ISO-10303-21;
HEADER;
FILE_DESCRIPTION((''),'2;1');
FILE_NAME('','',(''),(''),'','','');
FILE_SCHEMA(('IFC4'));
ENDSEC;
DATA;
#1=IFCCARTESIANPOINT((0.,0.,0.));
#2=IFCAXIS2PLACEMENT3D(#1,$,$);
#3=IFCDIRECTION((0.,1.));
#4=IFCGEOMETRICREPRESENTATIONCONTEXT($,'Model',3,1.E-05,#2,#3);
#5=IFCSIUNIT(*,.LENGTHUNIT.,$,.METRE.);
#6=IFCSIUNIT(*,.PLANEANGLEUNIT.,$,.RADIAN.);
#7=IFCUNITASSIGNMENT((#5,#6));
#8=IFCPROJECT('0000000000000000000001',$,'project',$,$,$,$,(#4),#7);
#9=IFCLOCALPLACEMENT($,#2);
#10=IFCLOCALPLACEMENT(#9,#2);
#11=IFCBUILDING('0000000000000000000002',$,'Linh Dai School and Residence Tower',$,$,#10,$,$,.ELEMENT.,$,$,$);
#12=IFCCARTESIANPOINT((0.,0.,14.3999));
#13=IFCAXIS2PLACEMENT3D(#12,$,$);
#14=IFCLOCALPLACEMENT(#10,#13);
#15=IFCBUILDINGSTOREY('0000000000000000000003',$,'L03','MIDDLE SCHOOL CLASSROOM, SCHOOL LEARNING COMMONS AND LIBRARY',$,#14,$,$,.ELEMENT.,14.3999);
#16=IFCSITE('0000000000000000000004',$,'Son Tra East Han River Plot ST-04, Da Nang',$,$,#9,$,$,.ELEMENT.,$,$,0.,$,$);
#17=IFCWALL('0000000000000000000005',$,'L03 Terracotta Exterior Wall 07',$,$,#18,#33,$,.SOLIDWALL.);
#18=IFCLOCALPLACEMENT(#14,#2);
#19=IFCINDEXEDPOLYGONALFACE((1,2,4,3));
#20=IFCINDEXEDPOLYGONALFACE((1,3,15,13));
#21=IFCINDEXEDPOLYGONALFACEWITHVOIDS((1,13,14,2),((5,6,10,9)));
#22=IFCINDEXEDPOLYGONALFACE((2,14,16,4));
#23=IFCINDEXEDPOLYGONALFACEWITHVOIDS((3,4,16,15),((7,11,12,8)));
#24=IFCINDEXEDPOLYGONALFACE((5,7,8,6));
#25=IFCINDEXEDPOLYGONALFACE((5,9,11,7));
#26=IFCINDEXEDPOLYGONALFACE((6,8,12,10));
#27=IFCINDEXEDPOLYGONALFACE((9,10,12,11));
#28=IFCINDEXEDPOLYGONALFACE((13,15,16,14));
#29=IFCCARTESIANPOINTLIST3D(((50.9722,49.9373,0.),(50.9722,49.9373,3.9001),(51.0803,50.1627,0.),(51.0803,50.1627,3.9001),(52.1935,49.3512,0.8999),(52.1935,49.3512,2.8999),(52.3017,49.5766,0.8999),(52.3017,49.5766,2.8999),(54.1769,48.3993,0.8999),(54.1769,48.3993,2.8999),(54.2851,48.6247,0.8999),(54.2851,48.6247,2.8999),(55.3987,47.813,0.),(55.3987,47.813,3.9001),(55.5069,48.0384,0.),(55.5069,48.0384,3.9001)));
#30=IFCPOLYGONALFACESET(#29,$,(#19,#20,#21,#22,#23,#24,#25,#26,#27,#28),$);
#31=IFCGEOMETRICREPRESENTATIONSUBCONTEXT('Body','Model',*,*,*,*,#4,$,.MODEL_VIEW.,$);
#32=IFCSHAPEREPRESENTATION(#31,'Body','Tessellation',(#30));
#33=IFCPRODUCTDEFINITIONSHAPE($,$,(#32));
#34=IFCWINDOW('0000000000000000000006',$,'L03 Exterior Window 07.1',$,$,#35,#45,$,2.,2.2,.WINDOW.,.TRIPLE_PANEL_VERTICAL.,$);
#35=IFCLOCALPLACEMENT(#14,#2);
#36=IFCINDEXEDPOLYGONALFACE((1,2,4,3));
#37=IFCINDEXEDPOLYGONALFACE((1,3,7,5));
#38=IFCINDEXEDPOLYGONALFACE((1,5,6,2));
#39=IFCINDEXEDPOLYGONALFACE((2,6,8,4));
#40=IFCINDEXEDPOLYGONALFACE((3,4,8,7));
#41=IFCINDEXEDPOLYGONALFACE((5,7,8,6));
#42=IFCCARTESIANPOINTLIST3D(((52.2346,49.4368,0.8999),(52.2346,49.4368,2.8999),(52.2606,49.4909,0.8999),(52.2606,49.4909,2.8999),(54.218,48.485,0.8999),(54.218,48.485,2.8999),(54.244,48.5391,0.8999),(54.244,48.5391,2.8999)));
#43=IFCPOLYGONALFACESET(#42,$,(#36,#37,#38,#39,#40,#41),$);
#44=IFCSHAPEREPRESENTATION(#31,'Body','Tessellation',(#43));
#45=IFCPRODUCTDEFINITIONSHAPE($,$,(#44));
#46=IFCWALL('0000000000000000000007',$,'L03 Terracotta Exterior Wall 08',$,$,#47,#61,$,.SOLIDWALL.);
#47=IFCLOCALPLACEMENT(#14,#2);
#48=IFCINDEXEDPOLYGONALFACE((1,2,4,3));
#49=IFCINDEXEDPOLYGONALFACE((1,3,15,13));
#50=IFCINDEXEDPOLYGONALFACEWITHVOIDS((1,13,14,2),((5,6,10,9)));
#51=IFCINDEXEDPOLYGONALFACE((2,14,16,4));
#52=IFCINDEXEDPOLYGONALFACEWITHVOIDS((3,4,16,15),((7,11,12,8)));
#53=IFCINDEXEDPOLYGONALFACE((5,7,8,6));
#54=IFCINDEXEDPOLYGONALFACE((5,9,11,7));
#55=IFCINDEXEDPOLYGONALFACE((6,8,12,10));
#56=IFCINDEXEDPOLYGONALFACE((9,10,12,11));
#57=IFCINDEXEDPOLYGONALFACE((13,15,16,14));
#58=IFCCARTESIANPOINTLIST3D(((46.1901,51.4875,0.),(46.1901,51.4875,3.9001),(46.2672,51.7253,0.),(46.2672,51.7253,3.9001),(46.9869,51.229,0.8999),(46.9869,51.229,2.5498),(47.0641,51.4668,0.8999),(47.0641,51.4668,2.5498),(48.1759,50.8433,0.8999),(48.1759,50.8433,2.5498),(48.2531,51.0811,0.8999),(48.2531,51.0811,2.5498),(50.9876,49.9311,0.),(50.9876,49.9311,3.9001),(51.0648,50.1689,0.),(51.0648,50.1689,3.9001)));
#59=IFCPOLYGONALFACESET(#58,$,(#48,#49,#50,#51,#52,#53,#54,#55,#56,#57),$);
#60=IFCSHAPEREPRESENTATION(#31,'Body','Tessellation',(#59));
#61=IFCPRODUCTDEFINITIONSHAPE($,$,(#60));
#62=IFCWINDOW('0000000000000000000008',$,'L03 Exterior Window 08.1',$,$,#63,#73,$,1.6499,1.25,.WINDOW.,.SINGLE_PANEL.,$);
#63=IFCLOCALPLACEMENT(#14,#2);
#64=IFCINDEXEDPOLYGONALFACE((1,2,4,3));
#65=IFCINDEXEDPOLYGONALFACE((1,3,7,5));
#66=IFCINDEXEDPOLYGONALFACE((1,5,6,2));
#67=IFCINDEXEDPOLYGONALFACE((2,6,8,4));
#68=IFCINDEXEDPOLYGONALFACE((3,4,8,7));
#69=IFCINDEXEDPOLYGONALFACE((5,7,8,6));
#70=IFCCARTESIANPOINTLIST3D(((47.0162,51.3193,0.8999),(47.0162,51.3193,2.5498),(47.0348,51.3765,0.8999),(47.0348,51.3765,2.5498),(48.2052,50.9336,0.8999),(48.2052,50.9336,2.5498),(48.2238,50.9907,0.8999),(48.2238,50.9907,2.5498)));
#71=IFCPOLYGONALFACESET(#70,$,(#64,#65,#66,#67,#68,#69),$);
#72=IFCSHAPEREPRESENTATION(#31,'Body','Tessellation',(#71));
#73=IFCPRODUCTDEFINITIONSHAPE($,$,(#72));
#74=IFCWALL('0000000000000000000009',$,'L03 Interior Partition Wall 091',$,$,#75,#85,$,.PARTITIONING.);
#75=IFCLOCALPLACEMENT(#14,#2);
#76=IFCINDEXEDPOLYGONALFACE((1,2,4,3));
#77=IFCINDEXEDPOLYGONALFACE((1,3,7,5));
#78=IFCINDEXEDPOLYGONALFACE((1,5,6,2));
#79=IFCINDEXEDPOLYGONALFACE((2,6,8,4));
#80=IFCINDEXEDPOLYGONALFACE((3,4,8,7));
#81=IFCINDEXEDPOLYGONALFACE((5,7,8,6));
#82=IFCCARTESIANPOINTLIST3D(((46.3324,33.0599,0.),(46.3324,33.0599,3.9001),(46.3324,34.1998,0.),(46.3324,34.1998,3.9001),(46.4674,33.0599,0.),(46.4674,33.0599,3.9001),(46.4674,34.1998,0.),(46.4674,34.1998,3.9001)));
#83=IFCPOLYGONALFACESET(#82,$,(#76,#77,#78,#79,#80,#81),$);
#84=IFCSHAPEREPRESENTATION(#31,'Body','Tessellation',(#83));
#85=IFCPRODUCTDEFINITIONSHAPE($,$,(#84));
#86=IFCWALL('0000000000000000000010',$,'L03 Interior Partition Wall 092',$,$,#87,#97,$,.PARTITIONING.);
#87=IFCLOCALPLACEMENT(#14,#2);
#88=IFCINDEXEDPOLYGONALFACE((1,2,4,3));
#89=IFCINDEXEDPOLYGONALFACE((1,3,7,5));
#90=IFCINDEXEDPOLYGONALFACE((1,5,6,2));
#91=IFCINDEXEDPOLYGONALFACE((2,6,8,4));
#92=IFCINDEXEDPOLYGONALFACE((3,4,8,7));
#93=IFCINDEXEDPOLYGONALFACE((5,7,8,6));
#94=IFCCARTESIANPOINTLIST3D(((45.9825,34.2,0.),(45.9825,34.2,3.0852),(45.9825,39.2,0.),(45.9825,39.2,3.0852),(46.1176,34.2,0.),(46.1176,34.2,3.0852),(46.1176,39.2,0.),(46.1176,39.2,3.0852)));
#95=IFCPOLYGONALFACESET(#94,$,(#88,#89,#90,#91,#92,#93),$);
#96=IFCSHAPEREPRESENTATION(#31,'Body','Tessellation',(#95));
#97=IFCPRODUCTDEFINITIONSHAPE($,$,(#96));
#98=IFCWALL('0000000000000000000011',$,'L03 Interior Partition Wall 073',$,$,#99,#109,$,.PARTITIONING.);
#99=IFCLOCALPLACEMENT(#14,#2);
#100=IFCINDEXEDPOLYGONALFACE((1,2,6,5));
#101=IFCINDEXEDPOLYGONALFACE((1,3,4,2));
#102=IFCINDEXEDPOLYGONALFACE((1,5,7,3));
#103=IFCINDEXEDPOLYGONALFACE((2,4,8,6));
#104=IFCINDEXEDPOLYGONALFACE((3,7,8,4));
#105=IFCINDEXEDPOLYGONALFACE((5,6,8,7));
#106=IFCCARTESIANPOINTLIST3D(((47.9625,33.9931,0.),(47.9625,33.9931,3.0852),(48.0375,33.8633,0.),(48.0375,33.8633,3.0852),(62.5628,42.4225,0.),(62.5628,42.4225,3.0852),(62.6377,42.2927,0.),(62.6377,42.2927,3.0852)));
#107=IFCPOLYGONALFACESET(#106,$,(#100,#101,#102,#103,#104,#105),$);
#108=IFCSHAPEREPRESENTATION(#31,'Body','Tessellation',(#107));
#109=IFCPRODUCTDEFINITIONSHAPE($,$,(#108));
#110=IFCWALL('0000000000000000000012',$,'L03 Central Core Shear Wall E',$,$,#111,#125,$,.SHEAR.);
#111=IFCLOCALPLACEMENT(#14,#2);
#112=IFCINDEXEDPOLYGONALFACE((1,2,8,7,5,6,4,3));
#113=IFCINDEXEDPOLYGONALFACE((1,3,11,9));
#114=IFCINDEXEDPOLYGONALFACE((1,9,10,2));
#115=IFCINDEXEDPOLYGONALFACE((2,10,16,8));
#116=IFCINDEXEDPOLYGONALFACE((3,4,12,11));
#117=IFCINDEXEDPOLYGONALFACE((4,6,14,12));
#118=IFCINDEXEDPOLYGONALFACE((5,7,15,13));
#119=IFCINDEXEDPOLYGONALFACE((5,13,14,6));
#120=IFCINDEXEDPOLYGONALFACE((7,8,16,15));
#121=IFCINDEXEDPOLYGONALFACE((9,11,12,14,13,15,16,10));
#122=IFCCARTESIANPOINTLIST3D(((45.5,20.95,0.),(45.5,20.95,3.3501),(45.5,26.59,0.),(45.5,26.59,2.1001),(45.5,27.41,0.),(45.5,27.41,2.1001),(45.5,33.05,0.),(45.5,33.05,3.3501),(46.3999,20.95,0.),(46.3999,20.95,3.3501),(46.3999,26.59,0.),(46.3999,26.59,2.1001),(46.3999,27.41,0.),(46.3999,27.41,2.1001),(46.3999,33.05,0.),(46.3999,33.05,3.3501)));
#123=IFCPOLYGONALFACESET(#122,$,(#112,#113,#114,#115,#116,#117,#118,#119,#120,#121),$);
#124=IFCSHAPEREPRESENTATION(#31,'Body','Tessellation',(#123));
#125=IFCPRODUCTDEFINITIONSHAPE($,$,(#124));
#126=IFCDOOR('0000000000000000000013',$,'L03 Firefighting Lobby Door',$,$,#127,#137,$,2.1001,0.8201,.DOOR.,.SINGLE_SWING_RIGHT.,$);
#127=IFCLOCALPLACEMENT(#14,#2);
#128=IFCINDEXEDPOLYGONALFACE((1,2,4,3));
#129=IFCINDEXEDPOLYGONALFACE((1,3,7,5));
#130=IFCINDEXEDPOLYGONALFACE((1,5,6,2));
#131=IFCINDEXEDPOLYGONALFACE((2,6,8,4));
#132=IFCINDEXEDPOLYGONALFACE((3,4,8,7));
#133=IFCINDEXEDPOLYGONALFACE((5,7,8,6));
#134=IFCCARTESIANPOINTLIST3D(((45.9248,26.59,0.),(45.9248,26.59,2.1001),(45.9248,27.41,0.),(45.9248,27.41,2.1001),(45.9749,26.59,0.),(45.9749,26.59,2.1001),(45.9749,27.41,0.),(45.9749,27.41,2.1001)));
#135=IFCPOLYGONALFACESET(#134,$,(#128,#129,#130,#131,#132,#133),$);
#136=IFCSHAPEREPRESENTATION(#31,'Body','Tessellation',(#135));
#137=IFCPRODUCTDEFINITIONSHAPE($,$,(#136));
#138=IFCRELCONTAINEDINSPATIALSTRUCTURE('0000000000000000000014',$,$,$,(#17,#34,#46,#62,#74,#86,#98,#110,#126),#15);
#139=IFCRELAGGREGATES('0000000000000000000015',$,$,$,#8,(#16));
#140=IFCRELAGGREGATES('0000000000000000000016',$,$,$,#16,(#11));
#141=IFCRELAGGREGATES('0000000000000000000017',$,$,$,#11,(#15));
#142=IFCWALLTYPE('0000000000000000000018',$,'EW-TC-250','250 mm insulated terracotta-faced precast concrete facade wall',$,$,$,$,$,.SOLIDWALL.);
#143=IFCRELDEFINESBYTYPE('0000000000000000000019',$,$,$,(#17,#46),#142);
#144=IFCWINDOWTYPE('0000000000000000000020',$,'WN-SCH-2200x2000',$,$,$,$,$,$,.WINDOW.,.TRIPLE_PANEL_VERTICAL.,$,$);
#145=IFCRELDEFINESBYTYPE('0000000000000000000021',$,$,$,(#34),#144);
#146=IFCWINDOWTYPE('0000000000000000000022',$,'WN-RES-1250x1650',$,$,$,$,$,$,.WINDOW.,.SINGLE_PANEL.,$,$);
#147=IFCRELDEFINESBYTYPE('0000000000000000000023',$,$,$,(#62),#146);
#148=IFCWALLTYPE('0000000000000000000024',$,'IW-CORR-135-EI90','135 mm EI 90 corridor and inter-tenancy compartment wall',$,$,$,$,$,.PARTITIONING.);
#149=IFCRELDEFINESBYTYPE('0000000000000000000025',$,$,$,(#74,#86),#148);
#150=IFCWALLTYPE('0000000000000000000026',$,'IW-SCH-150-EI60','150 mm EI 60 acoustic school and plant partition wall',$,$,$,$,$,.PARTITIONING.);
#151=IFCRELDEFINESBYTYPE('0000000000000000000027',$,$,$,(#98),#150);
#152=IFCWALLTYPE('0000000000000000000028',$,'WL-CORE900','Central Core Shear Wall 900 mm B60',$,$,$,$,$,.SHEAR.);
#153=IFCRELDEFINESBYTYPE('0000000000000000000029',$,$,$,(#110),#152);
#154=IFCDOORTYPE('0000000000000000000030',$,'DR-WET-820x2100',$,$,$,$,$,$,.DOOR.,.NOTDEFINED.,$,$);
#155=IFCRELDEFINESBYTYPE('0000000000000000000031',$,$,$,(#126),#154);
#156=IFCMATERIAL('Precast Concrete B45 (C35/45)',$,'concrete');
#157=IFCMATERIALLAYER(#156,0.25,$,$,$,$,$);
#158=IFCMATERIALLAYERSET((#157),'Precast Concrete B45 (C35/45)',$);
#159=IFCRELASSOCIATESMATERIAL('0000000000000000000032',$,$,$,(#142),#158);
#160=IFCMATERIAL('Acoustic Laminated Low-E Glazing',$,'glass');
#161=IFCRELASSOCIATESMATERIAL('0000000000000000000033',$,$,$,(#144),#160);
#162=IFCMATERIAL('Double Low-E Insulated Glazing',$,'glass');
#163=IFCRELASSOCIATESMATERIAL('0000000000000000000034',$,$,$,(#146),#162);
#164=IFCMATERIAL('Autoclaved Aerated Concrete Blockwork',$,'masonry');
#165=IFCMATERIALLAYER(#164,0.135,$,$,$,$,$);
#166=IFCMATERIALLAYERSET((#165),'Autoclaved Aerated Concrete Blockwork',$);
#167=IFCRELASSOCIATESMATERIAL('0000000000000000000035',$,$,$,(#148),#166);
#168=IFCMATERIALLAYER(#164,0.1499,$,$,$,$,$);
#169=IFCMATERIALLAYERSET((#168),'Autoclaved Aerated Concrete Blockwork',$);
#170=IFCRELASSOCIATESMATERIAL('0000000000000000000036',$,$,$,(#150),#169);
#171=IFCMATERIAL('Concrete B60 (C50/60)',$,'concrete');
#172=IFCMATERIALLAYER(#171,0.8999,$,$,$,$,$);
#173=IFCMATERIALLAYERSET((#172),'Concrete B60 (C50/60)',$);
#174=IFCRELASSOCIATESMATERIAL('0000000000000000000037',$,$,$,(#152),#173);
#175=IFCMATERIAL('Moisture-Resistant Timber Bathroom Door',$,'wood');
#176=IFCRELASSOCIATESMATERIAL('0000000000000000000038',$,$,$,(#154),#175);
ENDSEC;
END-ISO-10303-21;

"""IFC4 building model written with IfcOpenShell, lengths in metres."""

from ifc_helpers import new_model, si_unit, direction, frame, frame_2d, origin, origin_2d, place, context, subcontext, project, spatial, rectangle, extrude, source, transform, mapped, material, layer, layer_set, type_object, element, fill, save


model = new_model("IFC4")

# Units and contexts
model_context = context("Model", 3, precision=1e-05, world=origin(), true_north=direction((0.0, 1.0)))
body_context = subcontext(model_context, "Body", "Model", "MODEL_VIEW")
ifc_project = project(units=[si_unit("LENGTHUNIT", "METRE"), si_unit("PLANEANGLEUNIT", "RADIAN")], contexts=[model_context])

# Site, building, storey
site_placement = place(None, origin())
site = spatial("IfcSite", under=ifc_project, at=site_placement, Name="Son Tra East Han River Plot ST-04, Da Nang", CompositionType="ELEMENT", RefElevation=0.0)
building_placement = place(site_placement, origin())
building = spatial("IfcBuilding", under=site, at=building_placement, Name="Linh Dai School and Residence Tower", CompositionType="ELEMENT")
storey_placement = place(building_placement, frame((0.0, 0.0, 14.3999)))
storey = spatial("IfcBuildingStorey", under=building, at=storey_placement, Name="L03", Description="MIDDLE SCHOOL CLASSROOM, SCHOOL LEARNING COMMONS AND LIBRARY", CompositionType="ELEMENT", Elevation=14.3999)

# Shared definitions
ifc_material_1 = material(Name="Concrete B60 (C50/60)", Category="concrete")

# Shared definitions
ifc_material_2 = material(Name="Double Low-E Insulated Glazing", Category="glass")

# Shared definitions
ifc_material_3 = material(Name="Precast Concrete B45 (C35/45)", Category="concrete")
ifc_layer_1 = layer(ifc_material_3, 0.25)
ifc_layer_set_1 = layer_set([ifc_layer_1], Name="Precast Concrete B45 (C35/45)")
wall_type_1 = type_object("IfcWallType", Name="EW-TC-250", Description="250 mm insulated terracotta-faced precast concrete facade wall", PredefinedType="SOLIDWALL", material=ifc_layer_set_1)

# Shared definitions
ifc_material_4 = material(Name="Acoustic Laminated Low-E Glazing", Category="glass")
window_type_1 = type_object("IfcWindowType", Name="WN-SCH-2200x2000", PartitioningType="TRIPLE_PANEL_VERTICAL", PredefinedType="WINDOW", material=ifc_material_4)
shared_shape_1 = source(origin(), body_context, "Body", "SweptSolid", [
    extrude(rectangle(XDim=2.2, YDim=2.0, at=origin_2d()), frame((1.1001, 0.03, 1.0), z_axis=(0.0, -1.0, 0.0), x_axis=(1.0, 0.0, 0.0)), (0.0, 0.0, 1.0), 0.0601),
])

# Walls, openings, windows
wall_1_placement = place(storey_placement, frame((51.0261, 50.05, 0.0), z_axis=(0.0, 0.0, 1.0), x_axis=(0.90156, -0.432655, 0.0)))
wall_1 = element("IfcWall", 1, at=wall_1_placement, inside=storey, type_object=wall_type_1, Name="L03 Terracotta Exterior Wall 07", PredefinedType="SOLIDWALL", context=body_context, shape_type="SweptSolid", body=[
    extrude(rectangle(XDim=4.9099, YDim=0.25, at=frame_2d((2.4551, 0.0))), origin(), (0.0, 0.0, 1.0), 3.9001),
])
opening_1_placement = place(wall_1_placement, frame((1.3547, 0.0, 0.8999)))
opening_1 = element("IfcOpeningElement", 2, at=opening_1_placement, cuts=wall_1, PredefinedType="OPENING", context=body_context, shape_type="SweptSolid", body=[
    extrude(rectangle(XDim=2.2, YDim=2.0, at=origin_2d()), frame((1.1001, 0.135, 1.0), z_axis=(0.0, -1.0, 0.0), x_axis=(1.0, 0.0, 0.0)), (0.0, 0.0, 1.0), 0.27),
])
window_1_placement = place(opening_1_placement, origin())
window_1 = element("IfcWindow", 3, at=window_1_placement, inside=storey, type_object=window_type_1, Name="L03 Exterior Window 07.1", OverallHeight=2.0, OverallWidth=2.2, PartitioningType="TRIPLE_PANEL_VERTICAL", PredefinedType="WINDOW", context=body_context, shape_type="MappedRepresentation", body=[
    mapped(shared_shape_1, transform((0.0, 0.0, 0.0), x_axis=(1.0, 0.0, 0.0), y_axis=(0.0, 1.0, 0.0), z_axis=(0.0, 0.0, 1.0), scale=1.0)),
])
fill(opening_1, window_1)
wall_2_placement = place(storey_placement, frame((46.2285, 51.6064, 0.0), z_axis=(0.0, 0.0, 1.0), x_axis=(0.951199, -0.308579, 0.0)))
wall_2 = element("IfcWall", 4, at=wall_2_placement, inside=storey, type_object=wall_type_1, Name="L03 Terracotta Exterior Wall 08", PredefinedType="SOLIDWALL", context=body_context, shape_type="SweptSolid", body=[
    extrude(rectangle(XDim=5.0437, YDim=0.25, at=frame_2d((2.522, 0.0))), origin(), (0.0, 0.0, 1.0), 3.9001),
])
opening_2_placement = place(wall_2_placement, frame((0.8379, 0.0, 0.8999)))
opening_2 = element("IfcOpeningElement", 5, at=opening_2_placement, cuts=wall_2, PredefinedType="OPENING", context=body_context, shape_type="SweptSolid", body=[
    extrude(rectangle(XDim=1.25, YDim=1.6499, at=origin_2d()), frame((0.625, 0.135, 0.825), z_axis=(0.0, -1.0, 0.0), x_axis=(1.0, 0.0, 0.0)), (0.0, 0.0, 1.0), 0.27),
])
window_type_2 = type_object("IfcWindowType", Name="WN-RES-1250x1650", PartitioningType="SINGLE_PANEL", PredefinedType="WINDOW", material=ifc_material_2)
shared_shape_2 = source(origin(), body_context, "Body", "SweptSolid", [
    extrude(rectangle(XDim=1.25, YDim=1.6499, at=origin_2d()), frame((0.625, 0.03, 0.825), z_axis=(0.0, -1.0, 0.0), x_axis=(1.0, 0.0, 0.0)), (0.0, 0.0, 1.0), 0.0601),
])
window_2_placement = place(opening_2_placement, origin())
window_2 = element("IfcWindow", 6, at=window_2_placement, inside=storey, type_object=window_type_2, Name="L03 Exterior Window 08.1", OverallHeight=1.6499, OverallWidth=1.25, PartitioningType="SINGLE_PANEL", PredefinedType="WINDOW", context=body_context, shape_type="MappedRepresentation", body=[
    mapped(shared_shape_2, transform((0.0, 0.0, 0.0), x_axis=(1.0, 0.0, 0.0), y_axis=(0.0, 1.0, 0.0), z_axis=(0.0, 0.0, 1.0), scale=1.0)),
])
fill(opening_2, window_2)

# Walls
ifc_material_5 = material(Name="Autoclaved Aerated Concrete Blockwork", Category="masonry")
ifc_layer_2 = layer(ifc_material_5, 0.135)
ifc_layer_set_2 = layer_set([ifc_layer_2], Name="Autoclaved Aerated Concrete Blockwork")
wall_type_2 = type_object("IfcWallType", Name="IW-CORR-135-EI90", Description="135 mm EI 90 corridor and inter-tenancy compartment wall", PredefinedType="PARTITIONING", material=ifc_layer_set_2)
wall_3_placement = place(storey_placement, frame((46.3999, 33.0601, 0.0), z_axis=(0.0, 0.0, 1.0), x_axis=(0.0, 1.0, 0.0)))
element("IfcWall", 7, at=wall_3_placement, inside=storey, type_object=wall_type_2, Name="L03 Interior Partition Wall 091", PredefinedType="PARTITIONING", context=body_context, shape_type="SweptSolid", body=[
    extrude(rectangle(XDim=1.1399, YDim=0.135, at=frame_2d((0.5698, 0.0))), origin(), (0.0, 0.0, 1.0), 3.9001),
])
wall_4_placement = place(storey_placement, frame((46.05, 34.2, 0.0), z_axis=(0.0, 0.0, 1.0), x_axis=(0.0, 1.0, 0.0)))
element("IfcWall", 8, at=wall_4_placement, inside=storey, type_object=wall_type_2, Name="L03 Interior Partition Wall 092", PredefinedType="PARTITIONING", context=body_context, shape_type="SweptSolid", body=[
    extrude(rectangle(XDim=5.0, YDim=0.135, at=frame_2d((2.5, 0.0))), origin(), (0.0, 0.0, 1.0), 3.0852),
])
ifc_layer_3 = layer(ifc_material_5, 0.1499)
ifc_layer_set_3 = layer_set([ifc_layer_3], Name="Autoclaved Aerated Concrete Blockwork")
wall_type_3 = type_object("IfcWallType", Name="IW-SCH-150-EI60", Description="150 mm EI 60 acoustic school and plant partition wall", PredefinedType="PARTITIONING", material=ifc_layer_set_3)
wall_5_placement = place(storey_placement, frame((48.0, 33.9282, 0.0), z_axis=(0.0, 0.0, 1.0), x_axis=(0.866027, 0.499997, 0.0)))
element("IfcWall", 9, at=wall_5_placement, inside=storey, type_object=wall_type_3, Name="L03 Interior Partition Wall 073", PredefinedType="PARTITIONING", context=body_context, shape_type="SweptSolid", body=[
    extrude(rectangle(XDim=16.8589, YDim=0.1499, at=frame_2d((8.4294, 0.0))), origin(), (0.0, 0.0, 1.0), 3.0852),
])

# Wall, opening, door
ifc_layer_4 = layer(ifc_material_1, 0.8999)
ifc_layer_set_4 = layer_set([ifc_layer_4], Name="Concrete B60 (C50/60)")
wall_type_4 = type_object("IfcWallType", Name="WL-CORE900", Description="Central Core Shear Wall 900 mm B60", PredefinedType="SHEAR", material=ifc_layer_set_4)
wall_6_placement = place(storey_placement, frame((45.95, 33.05, 0.0), z_axis=(0.0, 0.0, 1.0), x_axis=(0.0, -1.0, 0.0)))
wall_6 = element("IfcWall", 10, at=wall_6_placement, inside=storey, type_object=wall_type_4, Name="L03 Central Core Shear Wall E", PredefinedType="SHEAR", context=body_context, shape_type="SweptSolid", body=[
    extrude(rectangle(XDim=12.1001, YDim=0.8999, at=frame_2d((6.05, 0.0))), origin(), (0.0, 0.0, 1.0), 3.3501),
])
opening_3_placement = place(wall_6_placement, frame((5.6399, 0.0, 0.0)))
opening_3 = element("IfcOpeningElement", 11, at=opening_3_placement, cuts=wall_6, PredefinedType="OPENING", context=body_context, shape_type="SweptSolid", body=[
    extrude(rectangle(XDim=0.8201, YDim=2.1001, at=origin_2d()), frame((0.4102, 0.46, 1.05), z_axis=(0.0, -1.0, 0.0), x_axis=(1.0, 0.0, 0.0)), (0.0, 0.0, 1.0), 0.9199),
])
ifc_material_6 = material(Name="Moisture-Resistant Timber Bathroom Door", Category="wood")
door_type = type_object("IfcDoorType", Name="DR-WET-820x2100", OperationType="NOTDEFINED", PredefinedType="DOOR", material=ifc_material_6)
shared_shape_3 = source(origin(), body_context, "Body", "SweptSolid", [
    extrude(rectangle(XDim=0.8201, YDim=2.1001, at=origin_2d()), frame((0.4102, 0.0249, 1.05), z_axis=(0.0, -1.0, 0.0), x_axis=(1.0, 0.0, 0.0)), (0.0, 0.0, 1.0), 0.05),
])
door_placement = place(opening_3_placement, origin())
door = element("IfcDoor", 12, at=door_placement, inside=storey, type_object=door_type, Name="L03 Firefighting Lobby Door", OperationType="SINGLE_SWING_RIGHT", OverallHeight=2.1001, OverallWidth=0.8201, PredefinedType="DOOR", context=body_context, shape_type="MappedRepresentation", body=[
    mapped(shared_shape_3, transform((0.0, 0.0, 0.0), x_axis=(1.0, 0.0, 0.0), y_axis=(0.0, 1.0, 0.0), z_axis=(0.0, 0.0, 1.0), scale=1.0)),
])
fill(opening_3, door)

save(model, "model.ifc")
